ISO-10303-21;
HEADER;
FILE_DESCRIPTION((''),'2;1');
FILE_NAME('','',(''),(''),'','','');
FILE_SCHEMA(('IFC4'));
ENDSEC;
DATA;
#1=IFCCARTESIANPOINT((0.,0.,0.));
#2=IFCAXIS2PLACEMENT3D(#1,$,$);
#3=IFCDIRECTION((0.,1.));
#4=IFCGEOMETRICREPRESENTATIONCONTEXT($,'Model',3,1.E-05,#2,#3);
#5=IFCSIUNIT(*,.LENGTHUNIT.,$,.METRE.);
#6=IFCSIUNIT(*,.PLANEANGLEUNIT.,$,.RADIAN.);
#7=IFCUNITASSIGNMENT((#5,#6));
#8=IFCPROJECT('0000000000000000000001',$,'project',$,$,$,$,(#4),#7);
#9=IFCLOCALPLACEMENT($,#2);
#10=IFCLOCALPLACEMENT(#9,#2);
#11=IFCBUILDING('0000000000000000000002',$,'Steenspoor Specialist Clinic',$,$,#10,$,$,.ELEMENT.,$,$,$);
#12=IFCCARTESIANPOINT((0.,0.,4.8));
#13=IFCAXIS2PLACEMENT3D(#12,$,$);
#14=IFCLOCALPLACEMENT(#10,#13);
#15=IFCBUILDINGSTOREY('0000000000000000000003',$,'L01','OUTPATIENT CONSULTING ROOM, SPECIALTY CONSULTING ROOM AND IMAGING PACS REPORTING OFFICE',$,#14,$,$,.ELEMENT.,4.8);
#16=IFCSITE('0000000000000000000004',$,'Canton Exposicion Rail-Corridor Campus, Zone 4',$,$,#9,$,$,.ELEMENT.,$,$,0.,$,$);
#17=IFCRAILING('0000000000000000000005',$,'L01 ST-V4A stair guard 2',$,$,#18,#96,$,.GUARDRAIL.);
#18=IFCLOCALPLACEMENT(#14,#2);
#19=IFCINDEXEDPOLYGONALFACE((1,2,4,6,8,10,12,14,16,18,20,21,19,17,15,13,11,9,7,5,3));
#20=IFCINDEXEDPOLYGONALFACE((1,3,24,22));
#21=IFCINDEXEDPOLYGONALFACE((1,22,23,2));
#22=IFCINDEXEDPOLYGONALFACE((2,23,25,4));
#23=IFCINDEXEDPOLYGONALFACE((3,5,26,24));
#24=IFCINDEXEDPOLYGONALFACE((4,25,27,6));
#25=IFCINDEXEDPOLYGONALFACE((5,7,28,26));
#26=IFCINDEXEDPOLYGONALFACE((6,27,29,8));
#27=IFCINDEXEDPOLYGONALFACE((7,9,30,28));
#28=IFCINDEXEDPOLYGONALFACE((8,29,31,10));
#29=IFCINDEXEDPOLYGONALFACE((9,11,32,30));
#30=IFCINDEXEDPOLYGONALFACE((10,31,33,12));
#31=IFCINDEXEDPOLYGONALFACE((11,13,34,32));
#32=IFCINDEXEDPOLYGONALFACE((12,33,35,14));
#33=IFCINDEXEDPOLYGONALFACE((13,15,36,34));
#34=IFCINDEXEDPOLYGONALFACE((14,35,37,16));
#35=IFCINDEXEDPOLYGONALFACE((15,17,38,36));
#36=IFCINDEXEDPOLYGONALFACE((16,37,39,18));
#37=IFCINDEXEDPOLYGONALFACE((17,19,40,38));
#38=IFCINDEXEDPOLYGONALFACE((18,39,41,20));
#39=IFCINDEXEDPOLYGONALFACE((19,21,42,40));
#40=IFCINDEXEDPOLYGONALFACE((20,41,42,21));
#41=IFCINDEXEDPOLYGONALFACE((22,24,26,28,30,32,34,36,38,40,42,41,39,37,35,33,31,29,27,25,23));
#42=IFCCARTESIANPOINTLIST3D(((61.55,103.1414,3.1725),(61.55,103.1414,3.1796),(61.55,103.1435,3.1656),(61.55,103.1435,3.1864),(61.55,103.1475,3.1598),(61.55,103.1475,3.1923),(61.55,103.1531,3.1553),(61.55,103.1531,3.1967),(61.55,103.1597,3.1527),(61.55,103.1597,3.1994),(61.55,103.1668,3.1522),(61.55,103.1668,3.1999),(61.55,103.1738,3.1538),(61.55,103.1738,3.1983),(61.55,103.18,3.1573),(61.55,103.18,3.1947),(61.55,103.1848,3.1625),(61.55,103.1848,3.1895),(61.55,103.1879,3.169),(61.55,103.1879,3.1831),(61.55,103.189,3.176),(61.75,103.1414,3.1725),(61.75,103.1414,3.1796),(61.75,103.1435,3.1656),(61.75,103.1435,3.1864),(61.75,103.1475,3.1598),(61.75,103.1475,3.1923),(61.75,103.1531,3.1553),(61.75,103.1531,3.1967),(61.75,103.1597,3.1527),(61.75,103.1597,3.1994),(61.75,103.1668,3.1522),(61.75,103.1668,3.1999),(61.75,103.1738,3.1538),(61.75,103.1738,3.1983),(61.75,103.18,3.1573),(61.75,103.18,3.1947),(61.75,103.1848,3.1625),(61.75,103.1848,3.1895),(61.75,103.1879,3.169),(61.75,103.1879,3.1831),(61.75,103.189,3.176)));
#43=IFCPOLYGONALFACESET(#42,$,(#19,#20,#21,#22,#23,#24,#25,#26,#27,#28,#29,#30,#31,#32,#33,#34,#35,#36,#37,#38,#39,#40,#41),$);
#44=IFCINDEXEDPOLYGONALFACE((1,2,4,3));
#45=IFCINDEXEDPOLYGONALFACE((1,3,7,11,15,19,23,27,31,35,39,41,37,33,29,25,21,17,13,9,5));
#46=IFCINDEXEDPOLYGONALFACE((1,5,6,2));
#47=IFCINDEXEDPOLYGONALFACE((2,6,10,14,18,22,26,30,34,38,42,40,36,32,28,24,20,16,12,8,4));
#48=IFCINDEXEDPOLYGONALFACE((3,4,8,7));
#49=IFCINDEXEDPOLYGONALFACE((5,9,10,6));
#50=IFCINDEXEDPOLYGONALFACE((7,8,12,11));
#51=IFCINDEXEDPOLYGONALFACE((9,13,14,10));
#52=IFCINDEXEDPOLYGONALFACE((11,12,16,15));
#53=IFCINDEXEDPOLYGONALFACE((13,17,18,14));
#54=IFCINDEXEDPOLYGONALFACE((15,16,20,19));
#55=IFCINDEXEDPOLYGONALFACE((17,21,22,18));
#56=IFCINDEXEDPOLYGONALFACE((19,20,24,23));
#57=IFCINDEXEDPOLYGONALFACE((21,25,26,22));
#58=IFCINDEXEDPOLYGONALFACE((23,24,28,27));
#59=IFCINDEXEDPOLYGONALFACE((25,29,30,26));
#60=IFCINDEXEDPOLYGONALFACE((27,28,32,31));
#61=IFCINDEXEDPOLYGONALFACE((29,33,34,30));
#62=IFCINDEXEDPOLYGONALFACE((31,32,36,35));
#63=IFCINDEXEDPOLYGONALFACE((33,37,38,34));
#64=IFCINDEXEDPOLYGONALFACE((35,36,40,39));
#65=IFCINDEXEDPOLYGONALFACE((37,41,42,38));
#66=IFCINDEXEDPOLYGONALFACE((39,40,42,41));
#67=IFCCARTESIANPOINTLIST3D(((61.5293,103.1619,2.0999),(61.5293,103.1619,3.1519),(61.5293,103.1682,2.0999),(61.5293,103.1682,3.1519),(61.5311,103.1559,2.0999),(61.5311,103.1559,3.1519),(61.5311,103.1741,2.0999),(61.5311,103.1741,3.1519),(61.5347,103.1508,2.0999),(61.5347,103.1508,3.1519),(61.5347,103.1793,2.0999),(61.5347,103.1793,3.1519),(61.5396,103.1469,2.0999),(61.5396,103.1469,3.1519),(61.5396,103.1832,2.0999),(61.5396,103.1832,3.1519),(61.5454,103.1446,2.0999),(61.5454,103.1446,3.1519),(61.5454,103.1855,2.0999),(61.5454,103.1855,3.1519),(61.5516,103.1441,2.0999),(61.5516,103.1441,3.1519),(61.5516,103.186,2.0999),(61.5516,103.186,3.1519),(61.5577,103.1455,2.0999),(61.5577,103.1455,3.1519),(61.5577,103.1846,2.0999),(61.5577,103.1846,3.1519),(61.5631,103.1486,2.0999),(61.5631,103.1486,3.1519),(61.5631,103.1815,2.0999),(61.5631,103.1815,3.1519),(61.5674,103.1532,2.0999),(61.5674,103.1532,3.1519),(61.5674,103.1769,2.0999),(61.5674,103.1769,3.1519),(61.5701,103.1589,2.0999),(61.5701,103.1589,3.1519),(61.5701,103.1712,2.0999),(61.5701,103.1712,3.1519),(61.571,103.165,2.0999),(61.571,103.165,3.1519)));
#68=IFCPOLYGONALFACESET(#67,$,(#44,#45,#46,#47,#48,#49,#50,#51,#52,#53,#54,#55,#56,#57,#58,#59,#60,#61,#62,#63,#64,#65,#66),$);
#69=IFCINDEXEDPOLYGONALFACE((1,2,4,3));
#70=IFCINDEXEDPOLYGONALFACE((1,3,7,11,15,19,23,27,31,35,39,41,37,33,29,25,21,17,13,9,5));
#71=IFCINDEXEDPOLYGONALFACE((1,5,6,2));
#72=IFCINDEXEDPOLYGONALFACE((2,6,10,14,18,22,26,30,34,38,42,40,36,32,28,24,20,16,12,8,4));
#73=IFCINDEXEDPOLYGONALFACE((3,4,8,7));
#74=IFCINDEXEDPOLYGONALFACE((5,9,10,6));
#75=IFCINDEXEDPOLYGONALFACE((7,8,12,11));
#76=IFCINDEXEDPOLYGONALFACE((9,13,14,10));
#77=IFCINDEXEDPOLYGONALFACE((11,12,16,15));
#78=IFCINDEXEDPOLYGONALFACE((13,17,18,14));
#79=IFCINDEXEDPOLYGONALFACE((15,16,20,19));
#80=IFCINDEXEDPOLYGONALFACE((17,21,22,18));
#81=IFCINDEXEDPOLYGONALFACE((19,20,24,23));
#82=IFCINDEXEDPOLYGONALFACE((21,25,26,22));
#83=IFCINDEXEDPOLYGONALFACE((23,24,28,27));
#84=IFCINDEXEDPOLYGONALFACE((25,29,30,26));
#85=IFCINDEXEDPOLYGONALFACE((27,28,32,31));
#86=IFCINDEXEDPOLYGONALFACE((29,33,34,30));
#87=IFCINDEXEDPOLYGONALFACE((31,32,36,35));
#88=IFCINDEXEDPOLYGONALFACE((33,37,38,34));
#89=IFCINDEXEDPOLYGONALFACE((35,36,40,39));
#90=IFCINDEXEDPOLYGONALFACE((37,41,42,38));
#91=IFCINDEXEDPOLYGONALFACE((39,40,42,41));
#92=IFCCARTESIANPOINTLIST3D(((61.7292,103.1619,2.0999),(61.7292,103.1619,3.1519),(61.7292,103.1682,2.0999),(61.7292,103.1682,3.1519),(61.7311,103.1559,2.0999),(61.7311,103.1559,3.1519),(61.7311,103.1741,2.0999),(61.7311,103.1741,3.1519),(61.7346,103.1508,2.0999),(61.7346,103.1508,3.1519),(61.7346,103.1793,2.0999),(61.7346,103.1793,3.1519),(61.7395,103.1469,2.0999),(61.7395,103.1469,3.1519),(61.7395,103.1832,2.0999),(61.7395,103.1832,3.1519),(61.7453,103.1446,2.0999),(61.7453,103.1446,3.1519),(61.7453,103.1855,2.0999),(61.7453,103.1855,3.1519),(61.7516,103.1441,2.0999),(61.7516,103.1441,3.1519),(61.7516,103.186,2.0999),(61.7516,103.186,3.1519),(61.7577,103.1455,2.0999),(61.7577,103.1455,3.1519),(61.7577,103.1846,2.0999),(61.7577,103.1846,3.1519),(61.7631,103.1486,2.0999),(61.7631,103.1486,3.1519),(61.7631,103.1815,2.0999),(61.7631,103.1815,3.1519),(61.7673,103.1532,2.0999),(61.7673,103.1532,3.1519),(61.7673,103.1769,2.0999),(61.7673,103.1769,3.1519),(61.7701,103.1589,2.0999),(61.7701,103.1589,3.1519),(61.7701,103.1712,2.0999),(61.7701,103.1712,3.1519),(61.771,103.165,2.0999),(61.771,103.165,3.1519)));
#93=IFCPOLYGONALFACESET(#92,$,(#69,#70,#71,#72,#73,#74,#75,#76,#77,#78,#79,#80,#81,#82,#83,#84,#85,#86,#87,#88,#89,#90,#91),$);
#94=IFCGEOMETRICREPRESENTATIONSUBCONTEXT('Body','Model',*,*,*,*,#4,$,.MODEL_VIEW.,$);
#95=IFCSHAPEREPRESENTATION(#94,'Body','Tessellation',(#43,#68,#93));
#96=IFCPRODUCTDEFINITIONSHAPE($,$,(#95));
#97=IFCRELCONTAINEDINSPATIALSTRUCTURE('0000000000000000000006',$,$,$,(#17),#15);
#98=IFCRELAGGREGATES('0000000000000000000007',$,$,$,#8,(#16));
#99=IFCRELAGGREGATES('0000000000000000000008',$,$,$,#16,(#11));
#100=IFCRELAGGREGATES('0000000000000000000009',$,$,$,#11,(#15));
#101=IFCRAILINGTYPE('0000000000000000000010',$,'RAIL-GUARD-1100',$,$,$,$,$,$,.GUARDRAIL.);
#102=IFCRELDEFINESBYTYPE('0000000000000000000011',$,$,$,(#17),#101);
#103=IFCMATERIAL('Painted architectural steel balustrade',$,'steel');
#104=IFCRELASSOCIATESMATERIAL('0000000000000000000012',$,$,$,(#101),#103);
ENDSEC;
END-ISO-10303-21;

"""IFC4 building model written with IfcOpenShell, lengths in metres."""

from ifc_helpers import new_model, si_unit, direction, frame, origin, origin_2d, place, context, subcontext, project, spatial, circle, extrude, material, type_object, element, save


model = new_model("IFC4")

# Units and contexts
model_context = context("Model", 3, precision=1e-05, world=origin(), true_north=direction((0.0, 1.0)))
body_context = subcontext(model_context, "Body", "Model", "MODEL_VIEW")
ifc_project = project(units=[si_unit("LENGTHUNIT", "METRE"), si_unit("PLANEANGLEUNIT", "RADIAN")], contexts=[model_context])

# Site, building, storey
site_placement = place(None, origin())
site = spatial("IfcSite", under=ifc_project, at=site_placement, Name="Canton Exposicion Rail-Corridor Campus, Zone 4", CompositionType="ELEMENT", RefElevation=0.0)
building_placement = place(site_placement, origin())
building = spatial("IfcBuilding", under=site, at=building_placement, Name="Steenspoor Specialist Clinic", CompositionType="ELEMENT")
storey_placement = place(building_placement, frame((0.0, 0.0, 4.8)))
storey = spatial("IfcBuildingStorey", under=building, at=storey_placement, Name="L01", Description="OUTPATIENT CONSULTING ROOM, SPECIALTY CONSULTING ROOM AND IMAGING PACS REPORTING OFFICE", CompositionType="ELEMENT", Elevation=4.8)

# Railing
ifc_material_1 = material(Name="Painted architectural steel balustrade", Category="steel")
railing_type_1 = type_object("IfcRailingType", Name="RAIL-GUARD-1100", PredefinedType="GUARDRAIL", material=ifc_material_1)
railing_1_placement = place(storey_placement, frame((61.55, 103.165, 2.0999)))
element("IfcRailing", 1, at=railing_1_placement, inside=storey, type_object=railing_type_1, Name="L01 ST-V4A stair guard 2", PredefinedType="GUARDRAIL", context=body_context, shape_type="SweptSolid", body=[
    extrude(circle(Radius=0.0239, at=origin_2d()), frame((0.0, 0.0, 1.0762), z_axis=(1.0, 0.0, 0.0), x_axis=(0.0, 1.0, 0.0)), (0.0, 0.0, 1.0), 0.2),
    extrude(circle(Radius=0.021, at=origin_2d()), origin(), (0.0, 0.0, 1.0), 1.052),
    extrude(circle(Radius=0.021, at=origin_2d()), frame((0.2, 0.0, 0.0)), (0.0, 0.0, 1.0), 1.052),
])

save(model, "model.ifc")
